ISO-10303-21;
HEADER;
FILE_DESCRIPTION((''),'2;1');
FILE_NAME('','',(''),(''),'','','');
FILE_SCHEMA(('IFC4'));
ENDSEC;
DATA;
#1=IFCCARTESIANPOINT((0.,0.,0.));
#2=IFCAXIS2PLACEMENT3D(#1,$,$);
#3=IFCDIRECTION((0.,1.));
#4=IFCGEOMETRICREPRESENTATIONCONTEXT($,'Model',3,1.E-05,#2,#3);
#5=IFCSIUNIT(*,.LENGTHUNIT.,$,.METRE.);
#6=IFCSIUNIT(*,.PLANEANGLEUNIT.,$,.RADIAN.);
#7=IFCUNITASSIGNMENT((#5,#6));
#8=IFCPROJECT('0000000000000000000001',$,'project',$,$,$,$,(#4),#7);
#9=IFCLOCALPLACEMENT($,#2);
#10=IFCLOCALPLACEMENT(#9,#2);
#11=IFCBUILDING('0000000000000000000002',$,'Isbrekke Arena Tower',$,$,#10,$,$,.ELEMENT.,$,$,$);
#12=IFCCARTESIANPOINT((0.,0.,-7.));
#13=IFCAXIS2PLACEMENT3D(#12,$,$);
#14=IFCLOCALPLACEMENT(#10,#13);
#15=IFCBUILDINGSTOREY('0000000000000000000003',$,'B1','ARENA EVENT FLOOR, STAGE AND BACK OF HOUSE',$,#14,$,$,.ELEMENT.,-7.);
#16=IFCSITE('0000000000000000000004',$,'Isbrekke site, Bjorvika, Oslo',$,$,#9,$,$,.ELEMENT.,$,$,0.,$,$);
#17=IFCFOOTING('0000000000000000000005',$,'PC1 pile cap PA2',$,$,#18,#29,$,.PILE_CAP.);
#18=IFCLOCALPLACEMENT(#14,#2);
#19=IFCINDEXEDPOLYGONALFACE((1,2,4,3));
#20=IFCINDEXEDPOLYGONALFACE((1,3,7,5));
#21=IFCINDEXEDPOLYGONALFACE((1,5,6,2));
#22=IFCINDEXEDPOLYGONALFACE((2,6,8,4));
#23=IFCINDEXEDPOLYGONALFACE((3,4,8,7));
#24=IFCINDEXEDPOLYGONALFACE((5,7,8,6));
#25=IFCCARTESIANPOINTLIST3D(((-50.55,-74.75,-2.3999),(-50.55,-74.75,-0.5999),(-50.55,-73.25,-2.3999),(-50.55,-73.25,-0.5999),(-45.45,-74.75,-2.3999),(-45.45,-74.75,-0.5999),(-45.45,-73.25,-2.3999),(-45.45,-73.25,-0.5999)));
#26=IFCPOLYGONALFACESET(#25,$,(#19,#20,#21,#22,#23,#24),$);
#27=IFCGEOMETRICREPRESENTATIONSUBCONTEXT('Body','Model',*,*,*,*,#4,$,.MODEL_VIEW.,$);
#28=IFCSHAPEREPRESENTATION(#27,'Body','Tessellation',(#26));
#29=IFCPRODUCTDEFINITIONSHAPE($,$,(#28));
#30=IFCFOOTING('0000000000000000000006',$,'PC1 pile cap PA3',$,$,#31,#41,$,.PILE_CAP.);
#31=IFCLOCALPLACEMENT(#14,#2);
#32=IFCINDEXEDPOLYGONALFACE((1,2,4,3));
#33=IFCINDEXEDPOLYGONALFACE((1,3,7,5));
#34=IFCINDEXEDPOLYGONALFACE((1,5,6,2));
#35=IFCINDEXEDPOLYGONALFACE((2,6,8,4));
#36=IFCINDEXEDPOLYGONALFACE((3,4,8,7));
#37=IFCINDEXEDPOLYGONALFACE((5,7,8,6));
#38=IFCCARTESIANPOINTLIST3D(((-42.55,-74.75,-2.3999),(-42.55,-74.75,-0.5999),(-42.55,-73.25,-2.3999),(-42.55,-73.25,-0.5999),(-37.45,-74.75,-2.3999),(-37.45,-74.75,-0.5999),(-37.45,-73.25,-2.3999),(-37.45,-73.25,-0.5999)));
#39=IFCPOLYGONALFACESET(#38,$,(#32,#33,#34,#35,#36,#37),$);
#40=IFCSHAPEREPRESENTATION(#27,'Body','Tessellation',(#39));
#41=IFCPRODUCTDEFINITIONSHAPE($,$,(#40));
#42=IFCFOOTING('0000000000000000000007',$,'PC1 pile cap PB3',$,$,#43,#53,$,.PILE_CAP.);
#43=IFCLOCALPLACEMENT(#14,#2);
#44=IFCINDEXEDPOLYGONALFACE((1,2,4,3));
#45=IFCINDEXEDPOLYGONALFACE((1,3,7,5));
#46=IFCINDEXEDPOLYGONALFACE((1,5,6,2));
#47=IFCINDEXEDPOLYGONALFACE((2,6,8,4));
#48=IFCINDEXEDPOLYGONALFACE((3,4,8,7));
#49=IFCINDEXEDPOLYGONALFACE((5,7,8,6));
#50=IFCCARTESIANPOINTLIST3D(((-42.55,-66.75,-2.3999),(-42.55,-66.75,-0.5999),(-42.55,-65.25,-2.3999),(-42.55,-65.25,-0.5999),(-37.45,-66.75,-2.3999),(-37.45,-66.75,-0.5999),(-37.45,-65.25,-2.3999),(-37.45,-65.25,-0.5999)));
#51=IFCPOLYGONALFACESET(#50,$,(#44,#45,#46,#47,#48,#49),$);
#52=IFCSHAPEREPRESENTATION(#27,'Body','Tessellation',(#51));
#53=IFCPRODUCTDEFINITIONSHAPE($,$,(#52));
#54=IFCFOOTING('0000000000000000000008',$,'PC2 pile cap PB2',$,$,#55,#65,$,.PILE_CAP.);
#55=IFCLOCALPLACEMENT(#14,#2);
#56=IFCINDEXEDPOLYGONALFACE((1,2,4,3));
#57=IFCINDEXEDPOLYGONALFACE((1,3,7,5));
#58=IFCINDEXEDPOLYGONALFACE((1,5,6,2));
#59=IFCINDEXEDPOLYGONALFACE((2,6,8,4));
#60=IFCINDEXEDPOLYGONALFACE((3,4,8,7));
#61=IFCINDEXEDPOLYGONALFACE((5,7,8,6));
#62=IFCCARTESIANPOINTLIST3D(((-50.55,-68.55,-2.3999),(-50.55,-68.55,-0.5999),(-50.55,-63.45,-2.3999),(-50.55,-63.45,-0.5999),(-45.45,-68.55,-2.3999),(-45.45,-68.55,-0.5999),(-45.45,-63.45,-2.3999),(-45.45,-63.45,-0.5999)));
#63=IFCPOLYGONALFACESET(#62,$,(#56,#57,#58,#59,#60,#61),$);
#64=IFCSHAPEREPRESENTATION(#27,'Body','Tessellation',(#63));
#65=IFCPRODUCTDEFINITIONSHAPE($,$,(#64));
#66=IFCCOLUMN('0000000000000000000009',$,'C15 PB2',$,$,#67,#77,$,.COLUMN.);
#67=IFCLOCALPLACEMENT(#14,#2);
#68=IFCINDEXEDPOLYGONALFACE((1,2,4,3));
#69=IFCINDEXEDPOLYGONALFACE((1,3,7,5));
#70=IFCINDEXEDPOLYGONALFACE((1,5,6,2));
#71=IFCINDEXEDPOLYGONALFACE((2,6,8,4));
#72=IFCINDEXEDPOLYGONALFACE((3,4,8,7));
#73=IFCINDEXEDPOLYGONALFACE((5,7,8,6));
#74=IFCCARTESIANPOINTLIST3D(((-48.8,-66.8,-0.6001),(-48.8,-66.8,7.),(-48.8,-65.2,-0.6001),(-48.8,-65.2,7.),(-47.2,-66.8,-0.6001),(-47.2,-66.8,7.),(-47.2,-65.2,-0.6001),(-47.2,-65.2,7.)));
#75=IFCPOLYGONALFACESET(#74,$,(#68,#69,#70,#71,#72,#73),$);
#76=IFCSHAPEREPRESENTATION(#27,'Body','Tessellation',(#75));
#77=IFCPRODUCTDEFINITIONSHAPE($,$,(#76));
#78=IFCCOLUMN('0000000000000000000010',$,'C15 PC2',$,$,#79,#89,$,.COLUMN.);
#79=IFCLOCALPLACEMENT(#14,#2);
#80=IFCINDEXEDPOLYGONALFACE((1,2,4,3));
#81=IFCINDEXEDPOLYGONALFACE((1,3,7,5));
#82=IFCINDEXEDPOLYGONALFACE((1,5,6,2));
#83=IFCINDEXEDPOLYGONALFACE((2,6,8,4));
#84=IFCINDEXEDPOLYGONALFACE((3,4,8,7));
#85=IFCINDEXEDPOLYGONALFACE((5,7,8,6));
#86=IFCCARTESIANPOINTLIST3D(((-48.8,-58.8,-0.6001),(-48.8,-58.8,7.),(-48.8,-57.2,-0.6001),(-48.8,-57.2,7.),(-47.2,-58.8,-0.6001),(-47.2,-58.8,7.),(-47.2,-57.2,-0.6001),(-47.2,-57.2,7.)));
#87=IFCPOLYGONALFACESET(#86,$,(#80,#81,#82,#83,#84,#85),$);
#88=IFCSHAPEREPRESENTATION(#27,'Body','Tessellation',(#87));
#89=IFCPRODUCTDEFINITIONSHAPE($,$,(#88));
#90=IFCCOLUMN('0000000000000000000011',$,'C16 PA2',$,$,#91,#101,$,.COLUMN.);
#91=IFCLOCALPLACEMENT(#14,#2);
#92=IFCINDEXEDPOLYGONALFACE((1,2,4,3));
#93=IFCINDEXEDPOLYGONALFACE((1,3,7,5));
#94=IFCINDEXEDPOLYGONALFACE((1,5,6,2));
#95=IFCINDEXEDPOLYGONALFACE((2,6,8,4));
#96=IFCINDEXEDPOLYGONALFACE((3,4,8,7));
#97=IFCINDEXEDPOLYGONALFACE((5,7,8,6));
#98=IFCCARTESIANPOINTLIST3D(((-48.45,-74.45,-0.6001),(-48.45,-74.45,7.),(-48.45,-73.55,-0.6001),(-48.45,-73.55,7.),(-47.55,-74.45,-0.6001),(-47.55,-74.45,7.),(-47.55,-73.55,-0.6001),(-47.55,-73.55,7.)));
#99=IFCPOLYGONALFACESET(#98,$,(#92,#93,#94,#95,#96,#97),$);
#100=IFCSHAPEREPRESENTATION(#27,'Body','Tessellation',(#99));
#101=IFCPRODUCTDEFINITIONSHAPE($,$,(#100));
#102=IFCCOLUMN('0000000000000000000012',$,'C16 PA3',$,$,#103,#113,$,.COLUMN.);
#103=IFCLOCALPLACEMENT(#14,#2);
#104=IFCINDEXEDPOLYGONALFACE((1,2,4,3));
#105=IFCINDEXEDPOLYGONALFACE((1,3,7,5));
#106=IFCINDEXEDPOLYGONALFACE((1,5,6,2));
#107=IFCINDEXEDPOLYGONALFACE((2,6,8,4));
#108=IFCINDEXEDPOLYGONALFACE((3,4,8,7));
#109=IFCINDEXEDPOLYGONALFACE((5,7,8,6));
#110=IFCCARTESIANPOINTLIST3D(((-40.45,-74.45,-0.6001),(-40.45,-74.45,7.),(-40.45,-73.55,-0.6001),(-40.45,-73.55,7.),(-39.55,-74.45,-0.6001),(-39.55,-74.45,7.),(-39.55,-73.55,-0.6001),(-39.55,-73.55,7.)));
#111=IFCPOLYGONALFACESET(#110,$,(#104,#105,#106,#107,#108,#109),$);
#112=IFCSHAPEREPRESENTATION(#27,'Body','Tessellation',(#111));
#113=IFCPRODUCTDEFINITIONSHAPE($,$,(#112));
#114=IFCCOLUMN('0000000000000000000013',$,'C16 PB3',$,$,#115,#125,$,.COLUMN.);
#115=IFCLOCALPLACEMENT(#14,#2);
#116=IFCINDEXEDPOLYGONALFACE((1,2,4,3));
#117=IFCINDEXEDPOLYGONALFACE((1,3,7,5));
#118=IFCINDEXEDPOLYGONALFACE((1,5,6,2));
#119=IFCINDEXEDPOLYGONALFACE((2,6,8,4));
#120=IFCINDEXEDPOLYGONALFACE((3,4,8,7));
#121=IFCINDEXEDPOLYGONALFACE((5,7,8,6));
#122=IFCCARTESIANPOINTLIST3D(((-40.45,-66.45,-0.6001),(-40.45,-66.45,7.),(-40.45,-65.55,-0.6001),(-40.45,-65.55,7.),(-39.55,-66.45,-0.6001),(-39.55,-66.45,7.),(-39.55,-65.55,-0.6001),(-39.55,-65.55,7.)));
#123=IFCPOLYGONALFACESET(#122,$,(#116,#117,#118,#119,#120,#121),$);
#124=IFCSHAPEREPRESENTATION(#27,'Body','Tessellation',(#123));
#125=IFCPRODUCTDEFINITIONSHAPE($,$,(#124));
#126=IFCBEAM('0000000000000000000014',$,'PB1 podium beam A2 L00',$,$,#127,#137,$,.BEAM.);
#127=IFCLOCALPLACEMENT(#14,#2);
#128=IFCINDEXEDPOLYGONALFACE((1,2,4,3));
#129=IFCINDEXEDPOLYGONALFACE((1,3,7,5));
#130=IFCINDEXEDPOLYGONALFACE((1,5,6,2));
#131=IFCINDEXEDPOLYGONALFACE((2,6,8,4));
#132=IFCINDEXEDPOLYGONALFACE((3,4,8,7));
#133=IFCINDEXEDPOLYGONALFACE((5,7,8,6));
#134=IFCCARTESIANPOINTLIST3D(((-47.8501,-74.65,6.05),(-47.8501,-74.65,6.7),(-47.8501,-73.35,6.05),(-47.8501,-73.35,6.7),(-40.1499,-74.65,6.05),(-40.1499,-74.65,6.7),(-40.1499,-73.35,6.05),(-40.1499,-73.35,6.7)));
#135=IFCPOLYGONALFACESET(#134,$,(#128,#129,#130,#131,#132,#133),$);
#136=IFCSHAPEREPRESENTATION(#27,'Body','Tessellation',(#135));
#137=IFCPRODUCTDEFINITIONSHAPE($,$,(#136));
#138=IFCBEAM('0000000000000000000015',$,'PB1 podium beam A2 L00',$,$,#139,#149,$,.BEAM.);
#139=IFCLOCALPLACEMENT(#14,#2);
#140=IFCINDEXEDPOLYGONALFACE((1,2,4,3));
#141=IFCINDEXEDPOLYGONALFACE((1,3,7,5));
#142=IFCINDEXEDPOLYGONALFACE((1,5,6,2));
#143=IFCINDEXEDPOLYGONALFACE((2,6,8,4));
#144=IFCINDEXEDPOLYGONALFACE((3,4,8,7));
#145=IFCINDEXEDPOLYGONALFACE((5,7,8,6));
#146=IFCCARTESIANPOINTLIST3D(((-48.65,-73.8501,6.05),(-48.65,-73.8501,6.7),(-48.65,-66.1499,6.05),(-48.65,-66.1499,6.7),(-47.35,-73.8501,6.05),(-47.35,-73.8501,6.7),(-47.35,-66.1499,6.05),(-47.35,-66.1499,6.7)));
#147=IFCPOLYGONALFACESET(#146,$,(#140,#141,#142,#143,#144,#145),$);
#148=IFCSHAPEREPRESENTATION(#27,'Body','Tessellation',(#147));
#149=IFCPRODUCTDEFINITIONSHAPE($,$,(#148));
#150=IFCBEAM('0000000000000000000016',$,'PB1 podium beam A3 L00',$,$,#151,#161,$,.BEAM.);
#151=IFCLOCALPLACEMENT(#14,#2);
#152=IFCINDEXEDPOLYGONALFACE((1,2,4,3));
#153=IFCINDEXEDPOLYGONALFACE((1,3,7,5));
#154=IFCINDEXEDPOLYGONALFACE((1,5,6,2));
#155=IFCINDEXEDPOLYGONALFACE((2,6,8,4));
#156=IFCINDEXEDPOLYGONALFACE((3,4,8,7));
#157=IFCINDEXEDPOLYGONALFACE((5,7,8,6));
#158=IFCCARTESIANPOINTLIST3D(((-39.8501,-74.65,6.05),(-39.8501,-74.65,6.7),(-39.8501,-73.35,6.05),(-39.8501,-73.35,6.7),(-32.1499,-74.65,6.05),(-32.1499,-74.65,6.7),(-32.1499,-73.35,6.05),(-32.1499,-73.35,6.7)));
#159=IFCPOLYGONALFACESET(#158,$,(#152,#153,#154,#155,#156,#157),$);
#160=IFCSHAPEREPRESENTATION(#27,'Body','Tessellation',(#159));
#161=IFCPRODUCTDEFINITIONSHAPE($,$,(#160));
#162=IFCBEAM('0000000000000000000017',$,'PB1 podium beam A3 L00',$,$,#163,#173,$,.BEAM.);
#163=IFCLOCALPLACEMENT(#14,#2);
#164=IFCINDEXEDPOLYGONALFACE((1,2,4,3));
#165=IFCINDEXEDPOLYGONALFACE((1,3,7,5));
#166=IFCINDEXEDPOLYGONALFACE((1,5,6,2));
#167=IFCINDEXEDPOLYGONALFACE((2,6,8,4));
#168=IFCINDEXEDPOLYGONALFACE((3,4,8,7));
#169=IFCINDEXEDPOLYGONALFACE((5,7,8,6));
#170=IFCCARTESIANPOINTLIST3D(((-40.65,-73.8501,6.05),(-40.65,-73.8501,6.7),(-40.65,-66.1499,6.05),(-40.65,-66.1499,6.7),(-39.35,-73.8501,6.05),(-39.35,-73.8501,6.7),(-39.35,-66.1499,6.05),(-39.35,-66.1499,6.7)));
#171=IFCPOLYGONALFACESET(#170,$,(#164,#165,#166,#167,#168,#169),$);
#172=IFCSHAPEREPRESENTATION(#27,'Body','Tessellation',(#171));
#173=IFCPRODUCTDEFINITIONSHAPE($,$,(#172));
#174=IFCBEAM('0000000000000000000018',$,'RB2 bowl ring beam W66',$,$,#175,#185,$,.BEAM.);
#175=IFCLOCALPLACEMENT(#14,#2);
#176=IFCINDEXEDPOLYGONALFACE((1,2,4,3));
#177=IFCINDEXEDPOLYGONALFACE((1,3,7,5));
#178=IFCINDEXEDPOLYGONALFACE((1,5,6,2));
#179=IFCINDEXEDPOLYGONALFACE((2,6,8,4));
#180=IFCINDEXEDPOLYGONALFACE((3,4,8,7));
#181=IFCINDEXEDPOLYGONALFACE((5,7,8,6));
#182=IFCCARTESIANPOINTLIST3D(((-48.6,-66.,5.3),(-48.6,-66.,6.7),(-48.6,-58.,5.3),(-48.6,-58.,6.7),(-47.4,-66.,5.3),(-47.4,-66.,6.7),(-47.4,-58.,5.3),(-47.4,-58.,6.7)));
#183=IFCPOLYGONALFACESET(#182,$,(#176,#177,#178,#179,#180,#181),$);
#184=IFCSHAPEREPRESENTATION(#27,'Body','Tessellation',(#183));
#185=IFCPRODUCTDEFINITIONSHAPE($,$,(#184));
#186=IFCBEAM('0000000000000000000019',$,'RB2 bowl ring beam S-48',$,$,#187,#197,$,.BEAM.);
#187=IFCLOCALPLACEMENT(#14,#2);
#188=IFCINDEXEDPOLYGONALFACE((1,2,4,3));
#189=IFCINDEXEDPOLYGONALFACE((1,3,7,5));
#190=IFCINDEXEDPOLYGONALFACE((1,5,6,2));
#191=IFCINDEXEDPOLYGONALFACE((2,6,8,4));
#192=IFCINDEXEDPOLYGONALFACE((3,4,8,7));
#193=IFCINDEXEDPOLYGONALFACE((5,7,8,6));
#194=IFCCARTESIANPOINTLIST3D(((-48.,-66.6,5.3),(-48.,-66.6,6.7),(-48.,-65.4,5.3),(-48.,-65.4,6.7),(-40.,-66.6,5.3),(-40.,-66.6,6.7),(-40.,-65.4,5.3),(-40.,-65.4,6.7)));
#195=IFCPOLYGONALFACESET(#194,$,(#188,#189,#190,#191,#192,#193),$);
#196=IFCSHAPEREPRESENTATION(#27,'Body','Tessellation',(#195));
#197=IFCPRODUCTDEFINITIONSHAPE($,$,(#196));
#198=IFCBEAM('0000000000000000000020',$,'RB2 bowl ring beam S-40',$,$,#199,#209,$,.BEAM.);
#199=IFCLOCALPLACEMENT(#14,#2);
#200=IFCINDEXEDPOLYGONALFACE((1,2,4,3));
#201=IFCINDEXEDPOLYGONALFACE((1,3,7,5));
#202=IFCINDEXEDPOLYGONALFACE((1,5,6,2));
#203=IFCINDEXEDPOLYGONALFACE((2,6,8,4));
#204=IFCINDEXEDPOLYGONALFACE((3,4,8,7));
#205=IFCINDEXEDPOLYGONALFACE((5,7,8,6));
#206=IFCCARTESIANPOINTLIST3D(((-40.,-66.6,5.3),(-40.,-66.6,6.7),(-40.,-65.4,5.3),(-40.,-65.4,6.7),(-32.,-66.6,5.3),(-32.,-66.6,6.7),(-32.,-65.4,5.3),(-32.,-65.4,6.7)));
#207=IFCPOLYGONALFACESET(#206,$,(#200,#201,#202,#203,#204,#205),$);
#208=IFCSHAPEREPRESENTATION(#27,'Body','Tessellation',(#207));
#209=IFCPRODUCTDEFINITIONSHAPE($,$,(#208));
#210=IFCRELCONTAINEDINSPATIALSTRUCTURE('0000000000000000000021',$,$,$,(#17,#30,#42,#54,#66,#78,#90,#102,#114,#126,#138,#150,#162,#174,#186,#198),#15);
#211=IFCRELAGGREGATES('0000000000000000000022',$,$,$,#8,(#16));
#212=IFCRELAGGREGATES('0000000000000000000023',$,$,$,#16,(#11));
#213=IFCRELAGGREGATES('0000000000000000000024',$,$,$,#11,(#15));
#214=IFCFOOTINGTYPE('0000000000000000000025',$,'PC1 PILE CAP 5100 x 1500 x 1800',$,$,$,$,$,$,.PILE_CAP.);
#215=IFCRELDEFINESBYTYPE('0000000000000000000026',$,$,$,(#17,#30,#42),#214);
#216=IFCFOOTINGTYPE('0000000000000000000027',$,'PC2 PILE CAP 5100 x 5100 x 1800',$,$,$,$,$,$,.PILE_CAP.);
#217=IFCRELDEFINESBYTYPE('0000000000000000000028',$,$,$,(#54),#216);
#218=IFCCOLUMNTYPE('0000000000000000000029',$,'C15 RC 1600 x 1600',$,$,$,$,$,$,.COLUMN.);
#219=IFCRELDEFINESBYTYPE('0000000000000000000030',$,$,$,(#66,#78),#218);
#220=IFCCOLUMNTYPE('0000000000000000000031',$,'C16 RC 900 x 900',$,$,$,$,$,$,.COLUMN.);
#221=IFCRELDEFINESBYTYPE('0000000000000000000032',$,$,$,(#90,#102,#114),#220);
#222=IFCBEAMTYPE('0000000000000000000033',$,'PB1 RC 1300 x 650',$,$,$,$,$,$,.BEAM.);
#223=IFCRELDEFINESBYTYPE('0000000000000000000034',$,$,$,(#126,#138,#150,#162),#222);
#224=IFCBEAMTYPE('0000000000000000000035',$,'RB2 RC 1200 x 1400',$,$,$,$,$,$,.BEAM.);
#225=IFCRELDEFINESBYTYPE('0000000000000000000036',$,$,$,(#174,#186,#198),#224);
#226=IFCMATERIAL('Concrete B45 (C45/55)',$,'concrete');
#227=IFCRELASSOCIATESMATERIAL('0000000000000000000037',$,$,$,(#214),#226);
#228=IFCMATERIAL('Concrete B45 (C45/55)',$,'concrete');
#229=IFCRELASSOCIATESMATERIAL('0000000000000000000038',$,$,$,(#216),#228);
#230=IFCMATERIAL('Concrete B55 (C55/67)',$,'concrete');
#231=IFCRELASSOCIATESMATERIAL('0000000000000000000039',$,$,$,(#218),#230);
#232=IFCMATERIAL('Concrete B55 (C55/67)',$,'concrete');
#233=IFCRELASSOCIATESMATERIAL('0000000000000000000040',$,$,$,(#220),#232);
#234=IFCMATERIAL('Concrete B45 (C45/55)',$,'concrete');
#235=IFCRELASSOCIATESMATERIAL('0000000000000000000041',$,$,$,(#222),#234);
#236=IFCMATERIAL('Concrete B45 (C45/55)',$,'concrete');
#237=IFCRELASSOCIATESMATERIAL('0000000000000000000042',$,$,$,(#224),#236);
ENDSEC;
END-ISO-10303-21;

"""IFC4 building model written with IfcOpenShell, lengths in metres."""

from ifc_helpers import new_model, si_unit, direction, frame, origin, origin_2d, place, context, subcontext, project, spatial, rectangle, extrude, material, material_profile, profile_set, type_object, element, save


model = new_model("IFC4")

# Units and contexts
model_context = context("Model", 3, precision=1e-05, world=origin(), true_north=direction((0.0, 1.0)))
body_context = subcontext(model_context, "Body", "Model", "MODEL_VIEW")
ifc_project = project(units=[si_unit("LENGTHUNIT", "METRE"), si_unit("PLANEANGLEUNIT", "RADIAN")], contexts=[model_context])

# Site, building, storey
site_placement = place(None, origin())
site = spatial("IfcSite", under=ifc_project, at=site_placement, Name="Isbrekke site, Bjorvika, Oslo", CompositionType="ELEMENT", RefElevation=0.0)
building_placement = place(site_placement, origin())
building = spatial("IfcBuilding", under=site, at=building_placement, Name="Isbrekke Arena Tower", CompositionType="ELEMENT")
storey_placement = place(building_placement, frame((0.0, 0.0, -7.0)))
storey = spatial("IfcBuildingStorey", under=building, at=storey_placement, Name="B1", Description="ARENA EVENT FLOOR, STAGE AND BACK OF HOUSE", CompositionType="ELEMENT", Elevation=-7.0)

# Footings
ifc_material_1 = material(Name="Concrete B45 (C45/55)", Category="concrete")
footing_type_1 = type_object("IfcFootingType", Name="PC1 PILE CAP 5100 x 1500 x 1800", PredefinedType="PILE_CAP", material=ifc_material_1)
for number, where, z_axis, x_axis, name in (
    (1, (-48.0, -74.0, -2.3999), (0.0, 0.0, 1.0), (1.0, 0.0, 0.0), "PC1 pile cap PA2"),
    (2, (-40.0, -74.0, -2.3999), (0.0, 0.0, 1.0), (1.0, 0.0, 0.0), "PC1 pile cap PA3"),
    (3, (-40.0, -66.0, -2.3999), (0.0, 0.0, 1.0), (1.0, 0.0, 0.0), "PC1 pile cap PB3"),
):
    element("IfcFooting", number, at=place(storey_placement, frame(where, z_axis=z_axis, x_axis=x_axis)), inside=storey, type_object=footing_type_1, Name=name, PredefinedType="PILE_CAP", context=body_context, shape_type="SweptSolid", body=[
        extrude(rectangle(XDim=5.1001, YDim=1.5, at=origin_2d()), origin(), (0.0, 0.0, 1.0), 1.8),
    ])
ifc_material_2 = material(Name="Concrete B45 (C45/55)", Category="concrete")
footing_type_2 = type_object("IfcFootingType", Name="PC2 PILE CAP 5100 x 5100 x 1800", PredefinedType="PILE_CAP", material=ifc_material_2)
footing_placement = place(storey_placement, frame((-48.0, -66.0, -2.3999), z_axis=(0.0, 0.0, 1.0), x_axis=(1.0, 0.0, 0.0)))
element("IfcFooting", 4, at=footing_placement, inside=storey, type_object=footing_type_2, Name="PC2 pile cap PB2", PredefinedType="PILE_CAP", context=body_context, shape_type="SweptSolid", body=[
    extrude(rectangle(XDim=5.1001, YDim=5.1001, at=origin_2d()), origin(), (0.0, 0.0, 1.0), 1.8),
])

# Columns
ifc_material_3 = material(Name="Concrete B55 (C55/67)", Category="concrete")
ifc_material_profile_1 = material_profile(ifc_material_3, rectangle(XDim=1.6001, YDim=1.6001, at=origin_2d()), Name="RC 1600x1600")
ifc_profile_set_1 = profile_set([ifc_material_profile_1], Name="Concrete B55 (C55/67)")
column_type_1 = type_object("IfcColumnType", Name="C15 RC 1600 x 1600", PredefinedType="COLUMN", material=ifc_profile_set_1)
for number, where, z_axis, x_axis, name in (
    (5, (-48.0, -66.0, -0.6001), (0.0, 0.0, 1.0), (1.0, 0.0, 0.0), "C15 PB2"),
    (6, (-48.0, -58.0, -0.6001), (0.0, 0.0, 1.0), (1.0, 0.0, 0.0), "C15 PC2"),
):
    element("IfcColumn", number, at=place(storey_placement, frame(where, z_axis=z_axis, x_axis=x_axis)), inside=storey, type_object=column_type_1, Name=name, PredefinedType="COLUMN", context=body_context, shape_type="SweptSolid", body=[
        extrude(rectangle(XDim=1.6001, YDim=1.6001, at=origin_2d()), origin(), (0.0, 0.0, 1.0), 7.6001),
    ])
ifc_material_4 = material(Name="Concrete B55 (C55/67)", Category="concrete")
ifc_material_profile_2 = material_profile(ifc_material_4, rectangle(XDim=0.8999, YDim=0.8999, at=origin_2d()), Name="RC 900x900")
ifc_profile_set_2 = profile_set([ifc_material_profile_2], Name="Concrete B55 (C55/67)")
column_type_2 = type_object("IfcColumnType", Name="C16 RC 900 x 900", PredefinedType="COLUMN", material=ifc_profile_set_2)
for number, where, z_axis, x_axis, name in (
    (7, (-48.0, -74.0, -0.6001), (0.0, 0.0, 1.0), (1.0, 0.0, 0.0), "C16 PA2"),
    (8, (-40.0, -74.0, -0.6001), (0.0, 0.0, 1.0), (1.0, 0.0, 0.0), "C16 PA3"),
    (9, (-40.0, -66.0, -0.6001), (0.0, 0.0, 1.0), (1.0, 0.0, 0.0), "C16 PB3"),
):
    element("IfcColumn", number, at=place(storey_placement, frame(where, z_axis=z_axis, x_axis=x_axis)), inside=storey, type_object=column_type_2, Name=name, PredefinedType="COLUMN", context=body_context, shape_type="SweptSolid", body=[
        extrude(rectangle(XDim=0.8999, YDim=0.8999, at=origin_2d()), origin(), (0.0, 0.0, 1.0), 7.6001),
    ])

# Beams
ifc_material_5 = material(Name="Concrete B45 (C45/55)", Category="concrete")
ifc_material_profile_3 = material_profile(ifc_material_5, rectangle(XDim=1.3, YDim=0.6499, at=origin_2d()), Name="RC 1300x650")
ifc_profile_set_3 = profile_set([ifc_material_profile_3], Name="Concrete B45 (C45/55)")
beam_type_1 = type_object("IfcBeamType", Name="PB1 RC 1300 x 650", PredefinedType="BEAM", material=ifc_profile_set_3)
for number, where, z_axis, x_axis, name in (
    (10, (-47.8501, -74.0, 6.375), (1.0, 0.0, 0.0), (0.0, 1.0, 0.0), "PB1 podium beam A2 L00"),
    (11, (-48.0, -73.8501, 6.375), (0.0, 1.0, 0.0), (-1.0, 0.0, 0.0), "PB1 podium beam A2 L00"),
    (12, (-39.8501, -74.0, 6.375), (1.0, 0.0, 0.0), (0.0, 1.0, 0.0), "PB1 podium beam A3 L00"),
    (13, (-40.0, -73.8501, 6.375), (0.0, 1.0, 0.0), (-1.0, 0.0, 0.0), "PB1 podium beam A3 L00"),
):
    element("IfcBeam", number, at=place(storey_placement, frame(where, z_axis=z_axis, x_axis=x_axis)), inside=storey, type_object=beam_type_1, Name=name, PredefinedType="BEAM", context=body_context, shape_type="SweptSolid", body=[
        extrude(rectangle(XDim=1.3, YDim=0.6499, at=origin_2d()), origin(), (0.0, 0.0, 1.0), 7.7002),
    ])
ifc_material_6 = material(Name="Concrete B45 (C45/55)", Category="concrete")
ifc_material_profile_4 = material_profile(ifc_material_6, rectangle(XDim=1.2, YDim=1.3999, at=origin_2d()), Name="RC 1200x1400")
ifc_profile_set_4 = profile_set([ifc_material_profile_4], Name="Concrete B45 (C45/55)")
beam_type_2 = type_object("IfcBeamType", Name="RB2 RC 1200 x 1400", PredefinedType="BEAM", material=ifc_profile_set_4)
for number, where, z_axis, x_axis, name in (
    (14, (-48.0, -66.0, 6.0), (0.0, 1.0, 0.0), (-1.0, 0.0, 0.0), "RB2 bowl ring beam W66"),
    (15, (-48.0, -66.0, 6.0), (1.0, 0.0, 0.0), (0.0, 1.0, 0.0), "RB2 bowl ring beam S-48"),
    (16, (-40.0, -66.0, 6.0), (1.0, 0.0, 0.0), (0.0, 1.0, 0.0), "RB2 bowl ring beam S-40"),
):
    element("IfcBeam", number, at=place(storey_placement, frame(where, z_axis=z_axis, x_axis=x_axis)), inside=storey, type_object=beam_type_2, Name=name, PredefinedType="BEAM", context=body_context, shape_type="SweptSolid", body=[
        extrude(rectangle(XDim=1.2, YDim=1.3999, at=origin_2d()), origin(), (0.0, 0.0, 1.0), 8.0),
    ])

save(model, "model.ifc")
